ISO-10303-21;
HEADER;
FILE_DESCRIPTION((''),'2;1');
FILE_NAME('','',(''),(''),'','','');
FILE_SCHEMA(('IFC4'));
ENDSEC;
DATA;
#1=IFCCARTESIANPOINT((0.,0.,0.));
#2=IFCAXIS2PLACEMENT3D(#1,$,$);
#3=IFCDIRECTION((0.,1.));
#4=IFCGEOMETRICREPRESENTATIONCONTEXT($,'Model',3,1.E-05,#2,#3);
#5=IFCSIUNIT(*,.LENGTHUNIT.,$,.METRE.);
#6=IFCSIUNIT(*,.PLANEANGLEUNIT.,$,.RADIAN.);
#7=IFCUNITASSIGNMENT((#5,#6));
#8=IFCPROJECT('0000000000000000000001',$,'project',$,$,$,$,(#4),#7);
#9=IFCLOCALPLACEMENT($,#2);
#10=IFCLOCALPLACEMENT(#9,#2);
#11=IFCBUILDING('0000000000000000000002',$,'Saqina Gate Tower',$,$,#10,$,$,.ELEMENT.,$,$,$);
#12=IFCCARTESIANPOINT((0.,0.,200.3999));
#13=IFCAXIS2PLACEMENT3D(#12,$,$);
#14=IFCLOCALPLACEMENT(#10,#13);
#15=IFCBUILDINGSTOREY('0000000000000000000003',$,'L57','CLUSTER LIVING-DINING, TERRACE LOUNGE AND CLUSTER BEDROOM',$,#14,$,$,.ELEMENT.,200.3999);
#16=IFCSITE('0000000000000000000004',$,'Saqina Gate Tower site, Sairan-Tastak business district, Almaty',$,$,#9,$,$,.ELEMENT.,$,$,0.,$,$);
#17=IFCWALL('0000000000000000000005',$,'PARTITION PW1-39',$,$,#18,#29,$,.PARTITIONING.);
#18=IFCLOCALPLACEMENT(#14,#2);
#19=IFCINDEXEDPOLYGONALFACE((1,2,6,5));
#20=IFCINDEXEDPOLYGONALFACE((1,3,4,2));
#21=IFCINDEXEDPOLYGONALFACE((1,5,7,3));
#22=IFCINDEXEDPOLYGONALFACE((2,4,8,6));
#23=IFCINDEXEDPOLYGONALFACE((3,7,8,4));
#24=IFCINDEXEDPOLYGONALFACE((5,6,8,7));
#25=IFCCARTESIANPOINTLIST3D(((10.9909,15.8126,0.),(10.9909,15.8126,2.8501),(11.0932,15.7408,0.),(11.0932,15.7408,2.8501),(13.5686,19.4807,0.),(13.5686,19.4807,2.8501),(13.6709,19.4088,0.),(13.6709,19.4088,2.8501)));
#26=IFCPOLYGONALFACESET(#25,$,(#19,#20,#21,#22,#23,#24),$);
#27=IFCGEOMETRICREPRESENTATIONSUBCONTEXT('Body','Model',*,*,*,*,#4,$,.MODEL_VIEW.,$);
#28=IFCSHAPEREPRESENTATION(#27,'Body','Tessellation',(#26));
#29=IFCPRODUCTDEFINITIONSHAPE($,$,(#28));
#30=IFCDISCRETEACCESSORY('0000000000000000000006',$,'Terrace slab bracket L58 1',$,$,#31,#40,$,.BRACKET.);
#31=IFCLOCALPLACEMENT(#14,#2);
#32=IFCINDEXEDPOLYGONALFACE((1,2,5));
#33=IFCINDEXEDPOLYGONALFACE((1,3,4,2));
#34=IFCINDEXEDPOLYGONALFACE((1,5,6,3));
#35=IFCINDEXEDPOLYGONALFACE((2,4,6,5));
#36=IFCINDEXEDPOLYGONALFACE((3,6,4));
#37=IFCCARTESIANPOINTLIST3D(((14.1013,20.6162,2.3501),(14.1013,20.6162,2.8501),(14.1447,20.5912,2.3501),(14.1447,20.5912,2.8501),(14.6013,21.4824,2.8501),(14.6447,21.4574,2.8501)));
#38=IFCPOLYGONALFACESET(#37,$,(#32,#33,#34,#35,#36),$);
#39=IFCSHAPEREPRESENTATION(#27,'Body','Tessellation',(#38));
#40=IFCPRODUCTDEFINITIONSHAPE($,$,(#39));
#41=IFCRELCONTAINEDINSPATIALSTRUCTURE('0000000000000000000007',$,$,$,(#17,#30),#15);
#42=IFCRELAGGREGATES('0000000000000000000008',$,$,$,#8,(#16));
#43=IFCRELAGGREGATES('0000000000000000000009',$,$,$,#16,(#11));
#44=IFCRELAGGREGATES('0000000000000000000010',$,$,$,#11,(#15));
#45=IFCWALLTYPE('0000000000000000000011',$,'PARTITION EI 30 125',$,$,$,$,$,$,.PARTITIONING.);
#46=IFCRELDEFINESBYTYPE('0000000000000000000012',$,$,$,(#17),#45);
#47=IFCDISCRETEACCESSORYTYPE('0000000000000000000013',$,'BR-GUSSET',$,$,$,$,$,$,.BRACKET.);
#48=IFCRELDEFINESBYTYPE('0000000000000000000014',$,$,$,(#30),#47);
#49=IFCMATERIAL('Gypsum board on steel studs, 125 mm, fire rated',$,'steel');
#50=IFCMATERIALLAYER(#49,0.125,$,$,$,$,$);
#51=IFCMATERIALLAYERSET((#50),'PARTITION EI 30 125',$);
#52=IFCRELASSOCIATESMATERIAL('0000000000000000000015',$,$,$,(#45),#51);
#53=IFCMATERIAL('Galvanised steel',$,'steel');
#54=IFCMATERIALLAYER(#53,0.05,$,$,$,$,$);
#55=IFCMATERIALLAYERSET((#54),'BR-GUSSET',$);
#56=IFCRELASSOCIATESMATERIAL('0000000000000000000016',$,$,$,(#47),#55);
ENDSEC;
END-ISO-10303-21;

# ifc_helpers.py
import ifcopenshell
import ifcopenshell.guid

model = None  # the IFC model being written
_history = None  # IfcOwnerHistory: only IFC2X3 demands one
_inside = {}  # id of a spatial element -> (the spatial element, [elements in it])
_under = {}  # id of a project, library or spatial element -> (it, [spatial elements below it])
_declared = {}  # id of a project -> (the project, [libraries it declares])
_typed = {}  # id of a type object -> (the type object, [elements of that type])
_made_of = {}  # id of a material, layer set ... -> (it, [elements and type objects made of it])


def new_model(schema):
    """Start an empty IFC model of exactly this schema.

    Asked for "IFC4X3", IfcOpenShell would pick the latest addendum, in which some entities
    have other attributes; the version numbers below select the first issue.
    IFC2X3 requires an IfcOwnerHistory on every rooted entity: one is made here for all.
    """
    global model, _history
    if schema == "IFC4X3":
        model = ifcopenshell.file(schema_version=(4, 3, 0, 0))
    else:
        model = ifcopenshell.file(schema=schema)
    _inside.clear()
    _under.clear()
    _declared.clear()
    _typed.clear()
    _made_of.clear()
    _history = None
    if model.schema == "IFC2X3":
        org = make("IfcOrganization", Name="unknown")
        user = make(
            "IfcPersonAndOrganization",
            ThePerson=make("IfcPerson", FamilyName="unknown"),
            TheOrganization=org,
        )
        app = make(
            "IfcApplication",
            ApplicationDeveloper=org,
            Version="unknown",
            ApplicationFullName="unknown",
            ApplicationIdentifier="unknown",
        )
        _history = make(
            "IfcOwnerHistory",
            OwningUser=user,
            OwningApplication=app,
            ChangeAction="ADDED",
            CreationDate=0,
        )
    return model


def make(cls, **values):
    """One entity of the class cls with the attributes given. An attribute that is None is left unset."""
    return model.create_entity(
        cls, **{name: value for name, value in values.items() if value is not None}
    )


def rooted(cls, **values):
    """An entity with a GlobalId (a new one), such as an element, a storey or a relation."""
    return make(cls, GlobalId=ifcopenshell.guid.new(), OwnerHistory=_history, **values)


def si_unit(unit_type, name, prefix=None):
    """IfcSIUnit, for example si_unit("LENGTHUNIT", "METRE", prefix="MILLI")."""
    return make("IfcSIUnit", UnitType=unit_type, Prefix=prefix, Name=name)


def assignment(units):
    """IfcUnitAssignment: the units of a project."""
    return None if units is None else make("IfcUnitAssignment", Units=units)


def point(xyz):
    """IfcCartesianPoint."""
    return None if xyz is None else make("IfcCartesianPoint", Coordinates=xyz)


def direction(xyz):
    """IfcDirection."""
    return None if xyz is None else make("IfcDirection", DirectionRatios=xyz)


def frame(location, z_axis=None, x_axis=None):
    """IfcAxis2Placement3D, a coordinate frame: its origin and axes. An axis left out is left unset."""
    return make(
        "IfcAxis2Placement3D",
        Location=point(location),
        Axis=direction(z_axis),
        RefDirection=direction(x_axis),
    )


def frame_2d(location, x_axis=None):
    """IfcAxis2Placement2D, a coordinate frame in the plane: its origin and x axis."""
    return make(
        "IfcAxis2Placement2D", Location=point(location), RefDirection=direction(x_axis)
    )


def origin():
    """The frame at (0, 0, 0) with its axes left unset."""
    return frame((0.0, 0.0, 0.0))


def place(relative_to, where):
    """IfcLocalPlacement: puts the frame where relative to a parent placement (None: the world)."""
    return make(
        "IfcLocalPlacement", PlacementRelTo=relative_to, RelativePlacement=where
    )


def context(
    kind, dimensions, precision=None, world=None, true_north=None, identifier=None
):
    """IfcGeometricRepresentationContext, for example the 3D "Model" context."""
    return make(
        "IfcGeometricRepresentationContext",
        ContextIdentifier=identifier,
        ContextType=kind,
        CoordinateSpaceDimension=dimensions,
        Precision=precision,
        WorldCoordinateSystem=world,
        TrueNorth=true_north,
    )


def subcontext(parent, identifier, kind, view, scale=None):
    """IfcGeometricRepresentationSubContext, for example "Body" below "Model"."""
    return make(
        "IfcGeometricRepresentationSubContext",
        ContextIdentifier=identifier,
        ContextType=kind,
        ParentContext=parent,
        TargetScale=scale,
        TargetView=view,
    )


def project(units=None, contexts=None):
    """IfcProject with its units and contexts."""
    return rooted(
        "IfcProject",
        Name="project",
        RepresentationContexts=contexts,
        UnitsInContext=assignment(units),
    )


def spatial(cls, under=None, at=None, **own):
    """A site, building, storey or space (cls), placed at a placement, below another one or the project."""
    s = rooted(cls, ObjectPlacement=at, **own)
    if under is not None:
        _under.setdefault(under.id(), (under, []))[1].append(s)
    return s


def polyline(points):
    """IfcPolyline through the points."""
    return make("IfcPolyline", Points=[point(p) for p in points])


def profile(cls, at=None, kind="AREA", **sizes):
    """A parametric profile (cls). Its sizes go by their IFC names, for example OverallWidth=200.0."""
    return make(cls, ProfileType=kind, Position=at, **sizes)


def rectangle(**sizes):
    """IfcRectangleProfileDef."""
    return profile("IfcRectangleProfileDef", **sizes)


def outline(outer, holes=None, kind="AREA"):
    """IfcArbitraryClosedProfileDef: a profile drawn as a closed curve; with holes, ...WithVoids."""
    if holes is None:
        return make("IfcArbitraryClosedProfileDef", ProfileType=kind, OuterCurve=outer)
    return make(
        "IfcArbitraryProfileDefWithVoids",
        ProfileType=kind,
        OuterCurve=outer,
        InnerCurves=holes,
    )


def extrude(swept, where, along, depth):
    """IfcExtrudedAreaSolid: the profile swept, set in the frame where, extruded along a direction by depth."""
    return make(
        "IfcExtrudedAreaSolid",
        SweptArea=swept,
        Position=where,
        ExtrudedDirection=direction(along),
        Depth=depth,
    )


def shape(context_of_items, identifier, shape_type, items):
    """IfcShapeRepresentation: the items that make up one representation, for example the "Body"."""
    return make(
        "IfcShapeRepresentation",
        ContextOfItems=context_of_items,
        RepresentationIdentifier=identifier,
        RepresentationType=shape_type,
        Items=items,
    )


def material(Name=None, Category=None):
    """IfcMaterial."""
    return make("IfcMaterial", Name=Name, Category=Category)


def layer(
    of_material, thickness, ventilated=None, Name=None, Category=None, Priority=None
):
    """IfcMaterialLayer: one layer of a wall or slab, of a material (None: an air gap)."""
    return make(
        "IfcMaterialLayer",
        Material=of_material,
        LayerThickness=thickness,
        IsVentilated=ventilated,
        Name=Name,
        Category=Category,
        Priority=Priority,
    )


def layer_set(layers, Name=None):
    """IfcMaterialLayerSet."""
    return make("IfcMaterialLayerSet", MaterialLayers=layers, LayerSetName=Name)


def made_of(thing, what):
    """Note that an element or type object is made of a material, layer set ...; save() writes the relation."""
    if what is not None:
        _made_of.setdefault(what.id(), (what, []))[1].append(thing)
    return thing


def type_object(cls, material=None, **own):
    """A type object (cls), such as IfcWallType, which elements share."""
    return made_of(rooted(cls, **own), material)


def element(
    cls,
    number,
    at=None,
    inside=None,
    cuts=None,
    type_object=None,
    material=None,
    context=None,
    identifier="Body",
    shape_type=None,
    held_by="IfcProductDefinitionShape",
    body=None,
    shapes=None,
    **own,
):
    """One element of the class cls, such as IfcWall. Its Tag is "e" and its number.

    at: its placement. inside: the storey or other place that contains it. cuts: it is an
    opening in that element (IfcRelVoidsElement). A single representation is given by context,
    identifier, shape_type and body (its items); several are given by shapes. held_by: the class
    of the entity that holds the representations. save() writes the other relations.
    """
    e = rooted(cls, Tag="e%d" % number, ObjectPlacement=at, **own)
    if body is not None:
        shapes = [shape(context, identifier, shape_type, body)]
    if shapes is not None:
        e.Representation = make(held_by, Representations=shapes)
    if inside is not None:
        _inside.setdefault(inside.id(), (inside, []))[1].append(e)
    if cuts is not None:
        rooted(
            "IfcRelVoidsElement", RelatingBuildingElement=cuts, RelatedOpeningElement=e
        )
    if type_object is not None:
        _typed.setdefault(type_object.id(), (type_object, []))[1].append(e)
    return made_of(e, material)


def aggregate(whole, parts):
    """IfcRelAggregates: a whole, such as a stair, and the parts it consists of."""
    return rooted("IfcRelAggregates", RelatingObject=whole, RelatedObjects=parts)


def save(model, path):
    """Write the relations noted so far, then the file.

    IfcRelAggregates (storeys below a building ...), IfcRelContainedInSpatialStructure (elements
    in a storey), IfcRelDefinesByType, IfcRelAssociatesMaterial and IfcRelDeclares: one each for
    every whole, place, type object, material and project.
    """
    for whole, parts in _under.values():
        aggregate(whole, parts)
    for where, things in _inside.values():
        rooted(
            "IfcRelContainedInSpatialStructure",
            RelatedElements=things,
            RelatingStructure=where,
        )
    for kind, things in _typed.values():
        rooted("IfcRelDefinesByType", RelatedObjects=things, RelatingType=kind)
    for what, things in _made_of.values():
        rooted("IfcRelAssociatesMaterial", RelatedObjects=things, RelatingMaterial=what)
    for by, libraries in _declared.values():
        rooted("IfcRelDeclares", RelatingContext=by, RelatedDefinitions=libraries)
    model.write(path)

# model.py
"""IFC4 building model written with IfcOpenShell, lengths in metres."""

from ifc_helpers import new_model, si_unit, direction, frame, frame_2d, origin, place, context, subcontext, project, spatial, polyline, rectangle, outline, extrude, material, layer, layer_set, type_object, element, save


model = new_model("IFC4")

# Units and contexts
model_context = context("Model", 3, precision=1e-05, world=origin(), true_north=direction((0.0, 1.0)))
body_context = subcontext(model_context, "Body", "Model", "MODEL_VIEW")
ifc_project = project(units=[si_unit("LENGTHUNIT", "METRE"), si_unit("PLANEANGLEUNIT", "RADIAN")], contexts=[model_context])

# Site, building, storey
site_placement = place(None, origin())
site = spatial("IfcSite", under=ifc_project, at=site_placement, Name="Saqina Gate Tower site, Sairan-Tastak business district, Almaty", CompositionType="ELEMENT", RefElevation=0.0)
building_placement = place(site_placement, origin())
building = spatial("IfcBuilding", under=site, at=building_placement, Name="Saqina Gate Tower", CompositionType="ELEMENT")
storey_placement = place(building_placement, frame((0.0, 0.0, 200.3999)))
storey = spatial("IfcBuildingStorey", under=building, at=storey_placement, Name="L57", Description="CLUSTER LIVING-DINING, TERRACE LOUNGE AND CLUSTER BEDROOM", CompositionType="ELEMENT", Elevation=200.3999)

# Shared definitions
ifc_material_1 = material(Name="Gypsum board on steel studs, 125 mm, fire rated", Category="steel")
ifc_layer_1 = layer(ifc_material_1, 0.125)
ifc_layer_set_1 = layer_set([ifc_layer_1], Name="PARTITION EI 30 125")
wall_type_1 = type_object("IfcWallType", Name="PARTITION EI 30 125", PredefinedType="PARTITIONING", material=ifc_layer_set_1)

# Wall
wall_1_placement = place(storey_placement, frame((11.042, 15.7766, 0.0), z_axis=(0.0, 0.0, 1.0), x_axis=(0.574967, 0.818176, 0.0)))
element("IfcWall", 1, at=wall_1_placement, inside=storey, type_object=wall_type_1, Name="PARTITION PW1-39", PredefinedType="PARTITIONING", context=body_context, shape_type="SweptSolid", body=[
    extrude(rectangle(XDim=4.4832, YDim=0.125, at=frame_2d((2.2417, 0.0))), origin(), (0.0, 0.0, 1.0), 2.8501),
])

# Discrete accessory
ifc_material_2 = material(Name="Galvanised steel", Category="steel")
ifc_layer_2 = layer(ifc_material_2, 0.05)
ifc_layer_set_2 = layer_set([ifc_layer_2], Name="BR-GUSSET")
discrete_accessory_type = type_object("IfcDiscreteAccessoryType", Name="BR-GUSSET", PredefinedType="BRACKET", material=ifc_layer_set_2)
discrete_accessory_placement = place(storey_placement, frame((14.1013, 20.6162, 2.3501), z_axis=(-0.866072, 0.49992, 0.0), x_axis=(0.0, 0.0, 1.0)))
element("IfcDiscreteAccessory", 2, at=discrete_accessory_placement, inside=storey, type_object=discrete_accessory_type, Name="Terrace slab bracket L58 1", PredefinedType="BRACKET", context=body_context, shape_type="SweptSolid", body=[
    extrude(outline(polyline([(0.0, 0.0), (0.5, 0.0), (0.5, 1.0002), (0.0, 0.0)])), origin(), (0.0, 0.0, -1.0), 0.05),
])

save(model, "model.ifc")
